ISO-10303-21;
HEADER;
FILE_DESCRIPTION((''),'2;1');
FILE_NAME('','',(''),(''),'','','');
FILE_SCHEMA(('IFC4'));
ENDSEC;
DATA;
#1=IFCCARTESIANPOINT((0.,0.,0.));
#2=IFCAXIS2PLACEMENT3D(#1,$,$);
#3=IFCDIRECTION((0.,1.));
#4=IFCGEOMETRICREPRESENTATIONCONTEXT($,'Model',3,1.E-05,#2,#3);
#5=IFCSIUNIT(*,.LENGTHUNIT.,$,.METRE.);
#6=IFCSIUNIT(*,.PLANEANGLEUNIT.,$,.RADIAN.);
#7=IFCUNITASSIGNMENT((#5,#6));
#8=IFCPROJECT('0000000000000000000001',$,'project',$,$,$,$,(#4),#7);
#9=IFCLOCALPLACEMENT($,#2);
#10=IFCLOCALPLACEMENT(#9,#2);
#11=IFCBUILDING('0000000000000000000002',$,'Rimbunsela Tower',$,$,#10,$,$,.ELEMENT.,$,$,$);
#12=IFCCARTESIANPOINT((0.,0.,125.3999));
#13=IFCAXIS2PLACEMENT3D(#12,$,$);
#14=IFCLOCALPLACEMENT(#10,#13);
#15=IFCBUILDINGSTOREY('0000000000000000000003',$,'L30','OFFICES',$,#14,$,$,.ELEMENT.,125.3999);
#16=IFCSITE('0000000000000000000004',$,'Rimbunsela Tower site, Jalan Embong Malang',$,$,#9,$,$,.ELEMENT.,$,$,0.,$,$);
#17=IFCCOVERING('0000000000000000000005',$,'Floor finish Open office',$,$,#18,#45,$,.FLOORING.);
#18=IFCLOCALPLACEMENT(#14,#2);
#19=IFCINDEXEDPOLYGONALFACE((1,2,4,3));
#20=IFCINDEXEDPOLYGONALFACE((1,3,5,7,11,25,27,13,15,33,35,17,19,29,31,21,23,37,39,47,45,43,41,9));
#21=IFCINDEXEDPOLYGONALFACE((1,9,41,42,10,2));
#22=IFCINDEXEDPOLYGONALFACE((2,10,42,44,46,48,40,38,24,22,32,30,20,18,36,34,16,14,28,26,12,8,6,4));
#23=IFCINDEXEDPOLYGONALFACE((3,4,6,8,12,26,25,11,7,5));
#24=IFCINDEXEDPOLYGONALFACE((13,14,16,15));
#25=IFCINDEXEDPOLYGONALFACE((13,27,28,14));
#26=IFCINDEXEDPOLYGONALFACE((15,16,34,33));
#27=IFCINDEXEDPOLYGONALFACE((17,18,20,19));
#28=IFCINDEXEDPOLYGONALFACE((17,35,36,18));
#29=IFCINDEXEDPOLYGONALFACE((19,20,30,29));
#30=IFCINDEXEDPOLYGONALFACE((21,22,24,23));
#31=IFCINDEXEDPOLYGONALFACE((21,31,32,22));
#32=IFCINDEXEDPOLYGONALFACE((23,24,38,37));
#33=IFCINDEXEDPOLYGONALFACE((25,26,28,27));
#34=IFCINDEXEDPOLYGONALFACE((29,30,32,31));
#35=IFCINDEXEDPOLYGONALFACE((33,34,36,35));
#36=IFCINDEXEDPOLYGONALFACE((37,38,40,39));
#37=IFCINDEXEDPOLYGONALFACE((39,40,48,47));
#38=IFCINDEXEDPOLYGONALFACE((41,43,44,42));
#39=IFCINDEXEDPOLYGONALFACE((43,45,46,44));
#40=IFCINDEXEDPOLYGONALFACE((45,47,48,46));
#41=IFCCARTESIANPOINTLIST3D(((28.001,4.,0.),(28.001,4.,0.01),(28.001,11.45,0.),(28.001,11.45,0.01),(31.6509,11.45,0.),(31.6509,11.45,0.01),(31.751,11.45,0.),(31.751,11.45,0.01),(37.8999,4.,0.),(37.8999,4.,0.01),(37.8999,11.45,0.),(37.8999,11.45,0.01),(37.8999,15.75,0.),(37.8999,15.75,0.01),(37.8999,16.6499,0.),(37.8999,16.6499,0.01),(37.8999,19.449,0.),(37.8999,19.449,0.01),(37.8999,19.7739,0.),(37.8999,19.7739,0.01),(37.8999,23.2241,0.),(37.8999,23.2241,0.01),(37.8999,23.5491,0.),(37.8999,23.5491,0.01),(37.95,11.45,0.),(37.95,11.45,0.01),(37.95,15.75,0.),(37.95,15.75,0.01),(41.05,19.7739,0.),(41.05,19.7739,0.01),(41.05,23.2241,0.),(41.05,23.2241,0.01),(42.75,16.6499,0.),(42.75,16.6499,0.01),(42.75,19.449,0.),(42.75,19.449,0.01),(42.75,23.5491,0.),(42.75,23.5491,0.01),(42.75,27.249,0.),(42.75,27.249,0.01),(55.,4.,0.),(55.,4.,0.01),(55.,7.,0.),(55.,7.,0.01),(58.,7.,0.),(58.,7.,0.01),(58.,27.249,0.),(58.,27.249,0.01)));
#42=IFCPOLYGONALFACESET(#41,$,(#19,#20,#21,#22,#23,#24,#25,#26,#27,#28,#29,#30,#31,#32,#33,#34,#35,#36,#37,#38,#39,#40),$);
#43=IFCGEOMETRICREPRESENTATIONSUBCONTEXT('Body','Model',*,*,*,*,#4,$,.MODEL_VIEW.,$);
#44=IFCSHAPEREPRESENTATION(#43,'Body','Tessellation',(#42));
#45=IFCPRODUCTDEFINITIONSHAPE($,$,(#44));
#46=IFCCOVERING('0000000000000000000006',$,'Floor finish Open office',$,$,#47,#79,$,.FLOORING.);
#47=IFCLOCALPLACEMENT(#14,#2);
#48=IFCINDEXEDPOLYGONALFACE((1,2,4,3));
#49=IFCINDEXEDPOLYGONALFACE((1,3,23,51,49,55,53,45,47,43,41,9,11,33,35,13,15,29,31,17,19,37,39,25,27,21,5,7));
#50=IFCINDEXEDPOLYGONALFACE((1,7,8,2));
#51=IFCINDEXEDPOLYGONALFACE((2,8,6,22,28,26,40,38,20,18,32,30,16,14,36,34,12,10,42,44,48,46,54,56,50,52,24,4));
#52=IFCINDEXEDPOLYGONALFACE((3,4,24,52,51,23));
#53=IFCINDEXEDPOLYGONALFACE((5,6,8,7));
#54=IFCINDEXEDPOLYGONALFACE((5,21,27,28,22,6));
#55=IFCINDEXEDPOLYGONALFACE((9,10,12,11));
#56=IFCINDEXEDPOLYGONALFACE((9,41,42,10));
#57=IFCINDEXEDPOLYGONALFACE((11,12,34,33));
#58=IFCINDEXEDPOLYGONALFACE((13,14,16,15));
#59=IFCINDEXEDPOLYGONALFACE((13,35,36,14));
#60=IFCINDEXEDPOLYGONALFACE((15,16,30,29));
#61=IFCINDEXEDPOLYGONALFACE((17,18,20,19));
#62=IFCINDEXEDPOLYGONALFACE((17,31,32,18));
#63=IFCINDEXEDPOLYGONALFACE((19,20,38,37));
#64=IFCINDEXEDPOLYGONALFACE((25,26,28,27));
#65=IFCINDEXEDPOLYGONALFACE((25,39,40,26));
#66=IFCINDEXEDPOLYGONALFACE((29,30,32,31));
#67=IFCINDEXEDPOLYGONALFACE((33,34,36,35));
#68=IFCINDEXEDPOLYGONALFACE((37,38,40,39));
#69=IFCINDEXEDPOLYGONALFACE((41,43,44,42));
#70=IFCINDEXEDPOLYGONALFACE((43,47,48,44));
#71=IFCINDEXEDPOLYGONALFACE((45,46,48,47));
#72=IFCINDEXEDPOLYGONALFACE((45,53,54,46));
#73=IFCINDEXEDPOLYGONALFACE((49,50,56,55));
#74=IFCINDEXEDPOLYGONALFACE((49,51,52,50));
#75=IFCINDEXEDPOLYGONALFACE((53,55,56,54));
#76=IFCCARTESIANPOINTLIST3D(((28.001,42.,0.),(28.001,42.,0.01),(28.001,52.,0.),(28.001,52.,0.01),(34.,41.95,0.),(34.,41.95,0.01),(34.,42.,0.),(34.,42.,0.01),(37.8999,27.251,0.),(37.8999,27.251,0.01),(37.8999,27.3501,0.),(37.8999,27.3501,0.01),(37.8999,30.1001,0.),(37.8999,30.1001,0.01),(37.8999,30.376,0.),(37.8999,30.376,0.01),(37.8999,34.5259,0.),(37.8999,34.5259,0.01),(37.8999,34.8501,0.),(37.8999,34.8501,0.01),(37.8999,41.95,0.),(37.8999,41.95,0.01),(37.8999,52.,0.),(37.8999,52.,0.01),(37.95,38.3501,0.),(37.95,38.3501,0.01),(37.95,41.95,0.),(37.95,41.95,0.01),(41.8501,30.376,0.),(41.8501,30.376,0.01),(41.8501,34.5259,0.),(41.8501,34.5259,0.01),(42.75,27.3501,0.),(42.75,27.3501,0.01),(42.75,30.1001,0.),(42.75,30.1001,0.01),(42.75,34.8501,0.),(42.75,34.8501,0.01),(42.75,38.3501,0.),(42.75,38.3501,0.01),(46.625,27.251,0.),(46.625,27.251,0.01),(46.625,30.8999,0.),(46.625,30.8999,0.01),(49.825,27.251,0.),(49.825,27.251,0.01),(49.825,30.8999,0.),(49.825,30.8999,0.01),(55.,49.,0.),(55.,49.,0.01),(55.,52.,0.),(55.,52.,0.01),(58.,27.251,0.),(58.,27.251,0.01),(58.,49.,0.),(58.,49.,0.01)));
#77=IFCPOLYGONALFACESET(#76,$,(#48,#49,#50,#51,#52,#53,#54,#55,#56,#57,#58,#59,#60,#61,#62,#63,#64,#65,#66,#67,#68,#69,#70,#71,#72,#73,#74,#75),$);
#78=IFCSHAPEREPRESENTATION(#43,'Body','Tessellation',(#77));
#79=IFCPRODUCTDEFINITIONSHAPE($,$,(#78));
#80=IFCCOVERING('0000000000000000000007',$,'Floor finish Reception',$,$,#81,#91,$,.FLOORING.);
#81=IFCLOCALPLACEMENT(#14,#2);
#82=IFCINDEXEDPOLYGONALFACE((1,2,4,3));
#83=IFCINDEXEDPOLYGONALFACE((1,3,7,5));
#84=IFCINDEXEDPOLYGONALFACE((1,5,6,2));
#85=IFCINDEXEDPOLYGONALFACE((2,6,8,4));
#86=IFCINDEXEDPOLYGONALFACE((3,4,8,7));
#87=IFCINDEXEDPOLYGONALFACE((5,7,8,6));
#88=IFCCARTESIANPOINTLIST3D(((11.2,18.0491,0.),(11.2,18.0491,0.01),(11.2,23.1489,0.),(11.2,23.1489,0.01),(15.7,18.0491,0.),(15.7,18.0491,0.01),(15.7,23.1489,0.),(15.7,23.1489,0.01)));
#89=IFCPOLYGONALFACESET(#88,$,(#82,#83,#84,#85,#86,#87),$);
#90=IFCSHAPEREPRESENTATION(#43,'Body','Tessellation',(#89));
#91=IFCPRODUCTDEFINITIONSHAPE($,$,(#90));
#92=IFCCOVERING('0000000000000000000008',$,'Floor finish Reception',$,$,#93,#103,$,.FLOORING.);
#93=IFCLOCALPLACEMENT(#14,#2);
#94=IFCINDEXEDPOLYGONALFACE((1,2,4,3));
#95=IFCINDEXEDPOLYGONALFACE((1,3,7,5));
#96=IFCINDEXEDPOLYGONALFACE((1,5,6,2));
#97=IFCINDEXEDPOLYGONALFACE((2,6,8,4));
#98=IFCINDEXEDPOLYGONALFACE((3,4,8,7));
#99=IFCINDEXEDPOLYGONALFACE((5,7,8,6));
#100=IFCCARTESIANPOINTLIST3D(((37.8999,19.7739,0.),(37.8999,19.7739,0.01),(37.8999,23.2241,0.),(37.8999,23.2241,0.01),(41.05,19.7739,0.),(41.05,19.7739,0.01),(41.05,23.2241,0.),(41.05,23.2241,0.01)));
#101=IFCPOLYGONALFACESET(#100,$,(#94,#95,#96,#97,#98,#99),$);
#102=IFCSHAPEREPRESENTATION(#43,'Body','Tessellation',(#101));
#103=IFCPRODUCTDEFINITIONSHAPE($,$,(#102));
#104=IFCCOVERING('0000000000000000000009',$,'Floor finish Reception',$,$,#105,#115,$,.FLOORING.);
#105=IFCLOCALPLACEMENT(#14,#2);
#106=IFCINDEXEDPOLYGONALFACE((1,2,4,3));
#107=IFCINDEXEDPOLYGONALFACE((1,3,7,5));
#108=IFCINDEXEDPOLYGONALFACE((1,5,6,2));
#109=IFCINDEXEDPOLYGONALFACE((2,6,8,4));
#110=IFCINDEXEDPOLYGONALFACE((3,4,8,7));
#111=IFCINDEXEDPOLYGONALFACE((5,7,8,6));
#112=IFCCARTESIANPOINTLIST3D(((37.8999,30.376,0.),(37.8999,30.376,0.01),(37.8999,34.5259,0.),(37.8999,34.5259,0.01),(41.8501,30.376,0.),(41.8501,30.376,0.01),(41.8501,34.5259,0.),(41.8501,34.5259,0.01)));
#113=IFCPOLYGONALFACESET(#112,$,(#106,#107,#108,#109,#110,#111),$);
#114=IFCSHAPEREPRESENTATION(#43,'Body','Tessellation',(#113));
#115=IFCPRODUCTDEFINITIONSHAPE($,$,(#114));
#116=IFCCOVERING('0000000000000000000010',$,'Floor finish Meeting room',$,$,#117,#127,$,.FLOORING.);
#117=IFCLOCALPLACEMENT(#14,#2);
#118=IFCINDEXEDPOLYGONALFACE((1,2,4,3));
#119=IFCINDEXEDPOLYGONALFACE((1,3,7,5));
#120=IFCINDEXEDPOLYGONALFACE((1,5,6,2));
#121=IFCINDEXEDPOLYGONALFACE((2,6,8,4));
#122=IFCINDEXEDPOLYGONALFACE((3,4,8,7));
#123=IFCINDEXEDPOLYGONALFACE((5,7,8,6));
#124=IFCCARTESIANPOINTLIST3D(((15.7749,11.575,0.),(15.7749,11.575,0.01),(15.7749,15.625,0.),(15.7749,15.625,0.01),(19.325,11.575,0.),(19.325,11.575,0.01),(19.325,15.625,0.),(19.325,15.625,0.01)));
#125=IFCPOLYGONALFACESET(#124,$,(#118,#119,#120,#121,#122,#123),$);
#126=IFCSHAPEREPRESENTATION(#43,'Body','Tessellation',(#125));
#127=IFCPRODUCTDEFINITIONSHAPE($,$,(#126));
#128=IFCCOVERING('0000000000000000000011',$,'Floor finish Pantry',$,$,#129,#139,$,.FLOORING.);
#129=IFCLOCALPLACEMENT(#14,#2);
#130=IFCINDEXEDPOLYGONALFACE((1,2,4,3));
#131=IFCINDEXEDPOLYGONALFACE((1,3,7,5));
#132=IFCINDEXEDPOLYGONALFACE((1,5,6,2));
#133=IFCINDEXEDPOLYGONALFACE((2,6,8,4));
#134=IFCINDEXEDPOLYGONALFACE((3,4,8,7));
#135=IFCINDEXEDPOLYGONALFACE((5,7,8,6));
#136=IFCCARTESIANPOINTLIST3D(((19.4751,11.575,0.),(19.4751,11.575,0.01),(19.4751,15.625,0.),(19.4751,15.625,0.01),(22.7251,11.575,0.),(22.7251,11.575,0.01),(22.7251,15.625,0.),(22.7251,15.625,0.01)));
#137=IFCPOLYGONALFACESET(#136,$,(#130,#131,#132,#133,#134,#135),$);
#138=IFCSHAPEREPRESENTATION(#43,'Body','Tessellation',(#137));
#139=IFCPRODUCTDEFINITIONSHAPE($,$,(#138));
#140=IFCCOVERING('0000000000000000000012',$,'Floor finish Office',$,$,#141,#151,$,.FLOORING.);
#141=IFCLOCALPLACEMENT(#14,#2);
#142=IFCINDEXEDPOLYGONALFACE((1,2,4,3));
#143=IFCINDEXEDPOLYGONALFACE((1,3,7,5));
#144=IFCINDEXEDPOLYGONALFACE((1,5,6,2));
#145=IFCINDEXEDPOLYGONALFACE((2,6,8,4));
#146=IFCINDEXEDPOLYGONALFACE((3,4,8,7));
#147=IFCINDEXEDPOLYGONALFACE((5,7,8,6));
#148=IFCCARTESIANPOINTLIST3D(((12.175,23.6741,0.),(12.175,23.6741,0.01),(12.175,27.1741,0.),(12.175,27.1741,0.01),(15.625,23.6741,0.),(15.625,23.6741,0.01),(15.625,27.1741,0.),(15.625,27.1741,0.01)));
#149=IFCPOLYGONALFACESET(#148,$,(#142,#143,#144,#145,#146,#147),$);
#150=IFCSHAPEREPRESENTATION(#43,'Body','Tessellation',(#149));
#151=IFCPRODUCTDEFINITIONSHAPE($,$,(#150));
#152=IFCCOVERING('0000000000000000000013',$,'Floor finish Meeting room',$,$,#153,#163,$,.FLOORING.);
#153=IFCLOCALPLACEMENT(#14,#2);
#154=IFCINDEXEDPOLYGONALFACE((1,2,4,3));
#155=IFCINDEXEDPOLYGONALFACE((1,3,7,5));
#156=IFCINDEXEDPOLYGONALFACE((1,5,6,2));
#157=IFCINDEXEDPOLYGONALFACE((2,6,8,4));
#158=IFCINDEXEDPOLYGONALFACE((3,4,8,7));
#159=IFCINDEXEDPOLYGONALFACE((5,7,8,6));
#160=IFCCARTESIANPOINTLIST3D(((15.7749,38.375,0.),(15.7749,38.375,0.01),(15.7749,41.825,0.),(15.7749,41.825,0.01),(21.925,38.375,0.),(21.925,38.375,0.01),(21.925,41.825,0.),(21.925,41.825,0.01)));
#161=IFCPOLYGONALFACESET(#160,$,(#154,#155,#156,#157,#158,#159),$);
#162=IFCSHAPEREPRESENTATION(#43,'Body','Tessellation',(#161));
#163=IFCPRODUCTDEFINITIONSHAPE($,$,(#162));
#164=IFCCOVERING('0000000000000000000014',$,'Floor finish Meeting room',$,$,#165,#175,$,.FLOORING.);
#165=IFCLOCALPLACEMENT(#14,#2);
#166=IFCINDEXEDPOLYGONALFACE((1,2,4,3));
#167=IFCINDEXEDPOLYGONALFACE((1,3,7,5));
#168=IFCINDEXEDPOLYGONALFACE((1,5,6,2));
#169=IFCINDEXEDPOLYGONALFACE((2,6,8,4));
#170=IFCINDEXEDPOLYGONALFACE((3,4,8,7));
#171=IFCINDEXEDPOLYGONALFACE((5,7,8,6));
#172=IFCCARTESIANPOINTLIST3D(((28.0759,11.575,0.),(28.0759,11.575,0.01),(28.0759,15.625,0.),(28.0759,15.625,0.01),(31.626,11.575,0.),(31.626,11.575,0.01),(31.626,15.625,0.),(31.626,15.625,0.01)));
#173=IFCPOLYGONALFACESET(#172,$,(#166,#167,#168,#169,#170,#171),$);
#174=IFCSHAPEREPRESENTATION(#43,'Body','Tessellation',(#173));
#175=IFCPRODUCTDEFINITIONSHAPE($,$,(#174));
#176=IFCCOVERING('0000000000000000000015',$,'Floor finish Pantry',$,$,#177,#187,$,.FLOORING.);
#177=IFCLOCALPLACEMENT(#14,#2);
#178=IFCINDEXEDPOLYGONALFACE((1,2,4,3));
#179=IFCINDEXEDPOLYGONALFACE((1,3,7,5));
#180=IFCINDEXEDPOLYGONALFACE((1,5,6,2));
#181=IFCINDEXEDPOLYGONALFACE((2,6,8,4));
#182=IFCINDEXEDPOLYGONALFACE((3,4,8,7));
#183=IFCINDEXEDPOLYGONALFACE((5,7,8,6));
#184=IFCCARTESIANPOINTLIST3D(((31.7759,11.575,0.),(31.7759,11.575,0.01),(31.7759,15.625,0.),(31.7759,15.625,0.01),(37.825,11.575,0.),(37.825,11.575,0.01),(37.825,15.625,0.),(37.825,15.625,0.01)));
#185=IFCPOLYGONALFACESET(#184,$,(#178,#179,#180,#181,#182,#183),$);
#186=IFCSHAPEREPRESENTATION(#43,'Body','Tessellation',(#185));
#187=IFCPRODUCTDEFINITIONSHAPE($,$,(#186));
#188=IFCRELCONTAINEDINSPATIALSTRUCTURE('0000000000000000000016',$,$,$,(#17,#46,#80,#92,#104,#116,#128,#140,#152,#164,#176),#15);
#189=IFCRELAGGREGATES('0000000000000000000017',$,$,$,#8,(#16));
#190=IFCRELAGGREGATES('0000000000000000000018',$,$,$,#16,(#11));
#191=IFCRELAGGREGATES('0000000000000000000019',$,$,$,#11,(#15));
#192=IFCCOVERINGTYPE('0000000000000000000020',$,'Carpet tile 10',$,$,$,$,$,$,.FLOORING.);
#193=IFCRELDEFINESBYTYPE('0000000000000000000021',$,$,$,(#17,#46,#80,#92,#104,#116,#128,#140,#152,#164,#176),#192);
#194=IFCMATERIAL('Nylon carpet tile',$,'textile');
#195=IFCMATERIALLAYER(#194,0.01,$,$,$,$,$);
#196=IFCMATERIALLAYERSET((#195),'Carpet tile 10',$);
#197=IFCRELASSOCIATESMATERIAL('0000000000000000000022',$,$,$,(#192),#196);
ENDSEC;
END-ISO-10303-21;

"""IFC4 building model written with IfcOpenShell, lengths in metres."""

from ifc_helpers import new_model, si_unit, direction, frame, origin, place, context, subcontext, project, spatial, polyline, outline, extrude, material, layer, layer_set, type_object, element, save


model = new_model("IFC4")

# Units and contexts
model_context = context("Model", 3, precision=1e-05, world=origin(), true_north=direction((0.0, 1.0)))
body_context = subcontext(model_context, "Body", "Model", "MODEL_VIEW")
ifc_project = project(units=[si_unit("LENGTHUNIT", "METRE"), si_unit("PLANEANGLEUNIT", "RADIAN")], contexts=[model_context])

# Site, building, storey
site_placement = place(None, origin())
site = spatial("IfcSite", under=ifc_project, at=site_placement, Name="Rimbunsela Tower site, Jalan Embong Malang", CompositionType="ELEMENT", RefElevation=0.0)
building_placement = place(site_placement, origin())
building = spatial("IfcBuilding", under=site, at=building_placement, Name="Rimbunsela Tower", CompositionType="ELEMENT")
storey_placement = place(building_placement, frame((0.0, 0.0, 125.3999)))
storey = spatial("IfcBuildingStorey", under=building, at=storey_placement, Name="L30", Description="OFFICES", CompositionType="ELEMENT", Elevation=125.3999)

# Coverings
ifc_material_1 = material(Name="Nylon carpet tile", Category="textile")
ifc_layer_1 = layer(ifc_material_1, 0.01)
ifc_layer_set_1 = layer_set([ifc_layer_1], Name="Carpet tile 10")
covering_type_1 = type_object("IfcCoveringType", Name="Carpet tile 10", PredefinedType="FLOORING", material=ifc_layer_set_1)
covering_1_placement = place(storey_placement, origin())
element("IfcCovering", 1, at=covering_1_placement, inside=storey, type_object=covering_type_1, Name="Floor finish Open office", PredefinedType="FLOORING", context=body_context, shape_type="SweptSolid", body=[
    extrude(outline(polyline([(28.001, 11.45), (31.6509, 11.45), (31.751, 11.45), (37.8999, 11.45), (37.95, 11.45), (37.95, 15.75), (37.8999, 15.75), (37.8999, 16.6499), (42.75, 16.6499), (42.75, 19.449), (37.8999, 19.449), (37.8999, 19.7739), (41.05, 19.7739), (41.05, 23.2241), (37.8999, 23.2241), (37.8999, 23.5491), (42.75, 23.5491), (42.75, 27.249), (58.0, 27.249), (58.0, 7.0), (55.0, 7.0), (55.0, 4.0), (37.8999, 4.0), (28.001, 4.0), (28.001, 11.45)])), origin(), (0.0, 0.0, 1.0), 0.01),
])
covering_2_placement = place(storey_placement, origin())
element("IfcCovering", 2, at=covering_2_placement, inside=storey, type_object=covering_type_1, Name="Floor finish Open office", PredefinedType="FLOORING", context=body_context, shape_type="SweptSolid", body=[
    extrude(outline(polyline([(49.825, 27.251), (49.825, 30.8999), (46.625, 30.8999), (46.625, 27.251), (37.8999, 27.251), (37.8999, 27.3501), (42.75, 27.3501), (42.75, 30.1001), (37.8999, 30.1001), (37.8999, 30.376), (41.8501, 30.376), (41.8501, 34.5259), (37.8999, 34.5259), (37.8999, 34.8501), (42.75, 34.8501), (42.75, 38.3501), (37.95, 38.3501), (37.95, 41.95), (37.8999, 41.95), (34.0, 41.95), (34.0, 42.0), (28.001, 42.0), (28.001, 52.0), (37.8999, 52.0), (55.0, 52.0), (55.0, 49.0), (58.0, 49.0), (58.0, 27.251), (49.825, 27.251)])), origin(), (0.0, 0.0, 1.0), 0.01),
])
covering_3_placement = place(storey_placement, origin())
element("IfcCovering", 3, at=covering_3_placement, inside=storey, type_object=covering_type_1, Name="Floor finish Reception", PredefinedType="FLOORING", context=body_context, shape_type="SweptSolid", body=[
    extrude(outline(polyline([(15.7, 18.0491), (15.7, 23.1489), (11.2, 23.1489), (11.2, 18.0491), (15.7, 18.0491)])), origin(), (0.0, 0.0, 1.0), 0.01),
])
covering_4_placement = place(storey_placement, origin())
element("IfcCovering", 4, at=covering_4_placement, inside=storey, type_object=covering_type_1, Name="Floor finish Reception", PredefinedType="FLOORING", context=body_context, shape_type="SweptSolid", body=[
    extrude(outline(polyline([(41.05, 19.7739), (41.05, 23.2241), (37.8999, 23.2241), (37.8999, 19.7739), (41.05, 19.7739)])), origin(), (0.0, 0.0, 1.0), 0.01),
])
covering_5_placement = place(storey_placement, origin())
element("IfcCovering", 5, at=covering_5_placement, inside=storey, type_object=covering_type_1, Name="Floor finish Reception", PredefinedType="FLOORING", context=body_context, shape_type="SweptSolid", body=[
    extrude(outline(polyline([(41.8501, 30.376), (41.8501, 34.5259), (37.8999, 34.5259), (37.8999, 30.376), (41.8501, 30.376)])), origin(), (0.0, 0.0, 1.0), 0.01),
])
covering_6_placement = place(storey_placement, origin())
element("IfcCovering", 6, at=covering_6_placement, inside=storey, type_object=covering_type_1, Name="Floor finish Meeting room", PredefinedType="FLOORING", context=body_context, shape_type="SweptSolid", body=[
    extrude(outline(polyline([(19.325, 11.575), (19.325, 15.625), (15.7749, 15.625), (15.7749, 11.575), (19.325, 11.575)])), origin(), (0.0, 0.0, 1.0), 0.01),
])
covering_7_placement = place(storey_placement, origin())
element("IfcCovering", 7, at=covering_7_placement, inside=storey, type_object=covering_type_1, Name="Floor finish Pantry", PredefinedType="FLOORING", context=body_context, shape_type="SweptSolid", body=[
    extrude(outline(polyline([(22.7251, 11.575), (22.7251, 15.625), (19.4751, 15.625), (19.4751, 11.575), (22.7251, 11.575)])), origin(), (0.0, 0.0, 1.0), 0.01),
])
covering_8_placement = place(storey_placement, origin())
element("IfcCovering", 8, at=covering_8_placement, inside=storey, type_object=covering_type_1, Name="Floor finish Office", PredefinedType="FLOORING", context=body_context, shape_type="SweptSolid", body=[
    extrude(outline(polyline([(15.625, 23.6741), (15.625, 27.1741), (12.175, 27.1741), (12.175, 23.6741), (15.625, 23.6741)])), origin(), (0.0, 0.0, 1.0), 0.01),
])
covering_9_placement = place(storey_placement, origin())
element("IfcCovering", 9, at=covering_9_placement, inside=storey, type_object=covering_type_1, Name="Floor finish Meeting room", PredefinedType="FLOORING", context=body_context, shape_type="SweptSolid", body=[
    extrude(outline(polyline([(21.925, 38.375), (21.925, 41.825), (15.7749, 41.825), (15.7749, 38.375), (21.925, 38.375)])), origin(), (0.0, 0.0, 1.0), 0.01),
])
covering_10_placement = place(storey_placement, origin())
element("IfcCovering", 10, at=covering_10_placement, inside=storey, type_object=covering_type_1, Name="Floor finish Meeting room", PredefinedType="FLOORING", context=body_context, shape_type="SweptSolid", body=[
    extrude(outline(polyline([(31.626, 11.575), (31.626, 15.625), (28.0759, 15.625), (28.0759, 11.575), (31.626, 11.575)])), origin(), (0.0, 0.0, 1.0), 0.01),
])
covering_11_placement = place(storey_placement, origin())
element("IfcCovering", 11, at=covering_11_placement, inside=storey, type_object=covering_type_1, Name="Floor finish Pantry", PredefinedType="FLOORING", context=body_context, shape_type="SweptSolid", body=[
    extrude(outline(polyline([(37.825, 11.575), (37.825, 15.625), (31.7759, 15.625), (31.7759, 11.575), (37.825, 11.575)])), origin(), (0.0, 0.0, 1.0), 0.01),
])

save(model, "model.ifc")
